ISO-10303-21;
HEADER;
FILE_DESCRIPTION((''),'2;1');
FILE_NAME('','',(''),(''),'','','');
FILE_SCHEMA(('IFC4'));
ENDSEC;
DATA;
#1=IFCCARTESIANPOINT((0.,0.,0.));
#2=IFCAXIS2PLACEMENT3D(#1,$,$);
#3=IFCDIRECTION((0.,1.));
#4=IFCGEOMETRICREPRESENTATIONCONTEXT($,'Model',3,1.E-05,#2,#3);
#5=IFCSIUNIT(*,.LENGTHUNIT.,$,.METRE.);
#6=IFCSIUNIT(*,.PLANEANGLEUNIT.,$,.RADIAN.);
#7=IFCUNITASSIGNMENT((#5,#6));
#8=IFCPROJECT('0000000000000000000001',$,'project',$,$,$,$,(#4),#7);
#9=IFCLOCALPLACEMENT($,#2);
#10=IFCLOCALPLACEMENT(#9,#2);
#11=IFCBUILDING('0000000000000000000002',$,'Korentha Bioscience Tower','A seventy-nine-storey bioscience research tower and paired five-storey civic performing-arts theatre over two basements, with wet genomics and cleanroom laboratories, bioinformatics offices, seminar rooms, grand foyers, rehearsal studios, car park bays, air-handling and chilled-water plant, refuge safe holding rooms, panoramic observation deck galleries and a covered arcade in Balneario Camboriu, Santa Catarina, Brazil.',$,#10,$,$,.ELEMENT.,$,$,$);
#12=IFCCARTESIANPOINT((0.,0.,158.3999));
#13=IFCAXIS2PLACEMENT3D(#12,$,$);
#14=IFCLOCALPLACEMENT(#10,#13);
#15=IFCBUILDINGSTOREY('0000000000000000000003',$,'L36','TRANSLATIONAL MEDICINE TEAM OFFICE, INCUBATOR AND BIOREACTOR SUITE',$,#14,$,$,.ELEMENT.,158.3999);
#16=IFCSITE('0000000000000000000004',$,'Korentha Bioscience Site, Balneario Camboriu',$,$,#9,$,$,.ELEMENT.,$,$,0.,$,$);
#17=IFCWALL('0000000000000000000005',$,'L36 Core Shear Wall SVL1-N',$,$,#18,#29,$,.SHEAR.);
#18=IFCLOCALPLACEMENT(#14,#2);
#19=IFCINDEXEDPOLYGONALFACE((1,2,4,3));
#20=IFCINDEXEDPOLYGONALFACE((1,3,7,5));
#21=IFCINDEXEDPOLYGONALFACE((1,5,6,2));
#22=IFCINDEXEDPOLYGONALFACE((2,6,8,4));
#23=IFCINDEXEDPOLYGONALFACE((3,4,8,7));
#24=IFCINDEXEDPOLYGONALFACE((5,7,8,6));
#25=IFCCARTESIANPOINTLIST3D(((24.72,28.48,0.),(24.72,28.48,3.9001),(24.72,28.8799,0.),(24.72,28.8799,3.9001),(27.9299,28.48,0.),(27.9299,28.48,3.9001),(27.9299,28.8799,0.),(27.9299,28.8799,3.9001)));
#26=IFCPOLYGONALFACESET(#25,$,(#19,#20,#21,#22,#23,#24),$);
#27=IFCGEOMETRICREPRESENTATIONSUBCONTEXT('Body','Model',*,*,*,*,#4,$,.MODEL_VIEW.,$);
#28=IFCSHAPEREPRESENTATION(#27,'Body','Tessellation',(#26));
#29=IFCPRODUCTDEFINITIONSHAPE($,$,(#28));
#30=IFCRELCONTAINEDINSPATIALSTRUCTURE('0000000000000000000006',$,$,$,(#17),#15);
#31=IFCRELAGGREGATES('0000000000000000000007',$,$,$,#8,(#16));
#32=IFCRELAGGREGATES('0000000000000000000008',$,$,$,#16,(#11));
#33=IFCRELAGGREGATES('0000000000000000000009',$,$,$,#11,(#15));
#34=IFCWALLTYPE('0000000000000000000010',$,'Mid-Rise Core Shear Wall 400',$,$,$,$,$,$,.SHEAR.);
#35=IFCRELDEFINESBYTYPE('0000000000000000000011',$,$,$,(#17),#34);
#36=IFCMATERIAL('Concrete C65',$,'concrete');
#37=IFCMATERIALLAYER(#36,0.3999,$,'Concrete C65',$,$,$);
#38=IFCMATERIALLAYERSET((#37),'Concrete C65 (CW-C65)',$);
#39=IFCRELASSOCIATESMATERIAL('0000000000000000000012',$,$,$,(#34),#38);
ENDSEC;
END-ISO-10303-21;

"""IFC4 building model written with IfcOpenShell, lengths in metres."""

from ifc_helpers import new_model, si_unit, direction, frame, frame_2d, origin, place, context, subcontext, project, spatial, rectangle, extrude, material, layer, layer_set, type_object, element, save


model = new_model("IFC4")

# Units and contexts
model_context = context("Model", 3, precision=1e-05, world=origin(), true_north=direction((0.0, 1.0)))
body_context = subcontext(model_context, "Body", "Model", "MODEL_VIEW")
ifc_project = project(units=[si_unit("LENGTHUNIT", "METRE"), si_unit("PLANEANGLEUNIT", "RADIAN")], contexts=[model_context])

# Site, building, storey
site_placement = place(None, origin())
site = spatial("IfcSite", under=ifc_project, at=site_placement, Name="Korentha Bioscience Site, Balneario Camboriu", CompositionType="ELEMENT", RefElevation=0.0)
building_placement = place(site_placement, origin())
building = spatial("IfcBuilding", under=site, at=building_placement, Name="Korentha Bioscience Tower", Description="A seventy-nine-storey bioscience research tower and paired five-storey civic performing-arts theatre over two basements, with wet genomics and cleanroom laboratories, bioinformatics offices, seminar rooms, grand foyers, rehearsal studios, car park bays, air-handling and chilled-water plant, refuge safe holding rooms, panoramic observation deck galleries and a covered arcade in Balneario Camboriu, Santa Catarina, Brazil.", CompositionType="ELEMENT")
storey_placement = place(building_placement, frame((0.0, 0.0, 158.3999)))
storey = spatial("IfcBuildingStorey", under=building, at=storey_placement, Name="L36", Description="TRANSLATIONAL MEDICINE TEAM OFFICE, INCUBATOR AND BIOREACTOR SUITE", CompositionType="ELEMENT", Elevation=158.3999)

# Shared definitions
ifc_material_1 = material(Name="Concrete C65", Category="concrete")

# Shared definitions
ifc_layer_1 = layer(ifc_material_1, 0.3999, Name="Concrete C65")
ifc_layer_set_1 = layer_set([ifc_layer_1], Name="Concrete C65 (CW-C65)")
wall_type_1 = type_object("IfcWallType", Name="Mid-Rise Core Shear Wall 400", PredefinedType="SHEAR", material=ifc_layer_set_1)

# Wall
wall_1_placement = place(storey_placement, frame((24.72, 28.6799, 0.0), z_axis=(0.0, 0.0, 1.0), x_axis=(1.0, 0.0, 0.0)))
element("IfcWall", 1, at=wall_1_placement, inside=storey, type_object=wall_type_1, Name="L36 Core Shear Wall SVL1-N", PredefinedType="SHEAR", context=body_context, shape_type="SweptSolid", body=[
    extrude(rectangle(XDim=3.21, YDim=0.3999, at=frame_2d((1.605, 0.0))), origin(), (0.0, 0.0, 1.0), 3.9001),
])

save(model, "model.ifc")
